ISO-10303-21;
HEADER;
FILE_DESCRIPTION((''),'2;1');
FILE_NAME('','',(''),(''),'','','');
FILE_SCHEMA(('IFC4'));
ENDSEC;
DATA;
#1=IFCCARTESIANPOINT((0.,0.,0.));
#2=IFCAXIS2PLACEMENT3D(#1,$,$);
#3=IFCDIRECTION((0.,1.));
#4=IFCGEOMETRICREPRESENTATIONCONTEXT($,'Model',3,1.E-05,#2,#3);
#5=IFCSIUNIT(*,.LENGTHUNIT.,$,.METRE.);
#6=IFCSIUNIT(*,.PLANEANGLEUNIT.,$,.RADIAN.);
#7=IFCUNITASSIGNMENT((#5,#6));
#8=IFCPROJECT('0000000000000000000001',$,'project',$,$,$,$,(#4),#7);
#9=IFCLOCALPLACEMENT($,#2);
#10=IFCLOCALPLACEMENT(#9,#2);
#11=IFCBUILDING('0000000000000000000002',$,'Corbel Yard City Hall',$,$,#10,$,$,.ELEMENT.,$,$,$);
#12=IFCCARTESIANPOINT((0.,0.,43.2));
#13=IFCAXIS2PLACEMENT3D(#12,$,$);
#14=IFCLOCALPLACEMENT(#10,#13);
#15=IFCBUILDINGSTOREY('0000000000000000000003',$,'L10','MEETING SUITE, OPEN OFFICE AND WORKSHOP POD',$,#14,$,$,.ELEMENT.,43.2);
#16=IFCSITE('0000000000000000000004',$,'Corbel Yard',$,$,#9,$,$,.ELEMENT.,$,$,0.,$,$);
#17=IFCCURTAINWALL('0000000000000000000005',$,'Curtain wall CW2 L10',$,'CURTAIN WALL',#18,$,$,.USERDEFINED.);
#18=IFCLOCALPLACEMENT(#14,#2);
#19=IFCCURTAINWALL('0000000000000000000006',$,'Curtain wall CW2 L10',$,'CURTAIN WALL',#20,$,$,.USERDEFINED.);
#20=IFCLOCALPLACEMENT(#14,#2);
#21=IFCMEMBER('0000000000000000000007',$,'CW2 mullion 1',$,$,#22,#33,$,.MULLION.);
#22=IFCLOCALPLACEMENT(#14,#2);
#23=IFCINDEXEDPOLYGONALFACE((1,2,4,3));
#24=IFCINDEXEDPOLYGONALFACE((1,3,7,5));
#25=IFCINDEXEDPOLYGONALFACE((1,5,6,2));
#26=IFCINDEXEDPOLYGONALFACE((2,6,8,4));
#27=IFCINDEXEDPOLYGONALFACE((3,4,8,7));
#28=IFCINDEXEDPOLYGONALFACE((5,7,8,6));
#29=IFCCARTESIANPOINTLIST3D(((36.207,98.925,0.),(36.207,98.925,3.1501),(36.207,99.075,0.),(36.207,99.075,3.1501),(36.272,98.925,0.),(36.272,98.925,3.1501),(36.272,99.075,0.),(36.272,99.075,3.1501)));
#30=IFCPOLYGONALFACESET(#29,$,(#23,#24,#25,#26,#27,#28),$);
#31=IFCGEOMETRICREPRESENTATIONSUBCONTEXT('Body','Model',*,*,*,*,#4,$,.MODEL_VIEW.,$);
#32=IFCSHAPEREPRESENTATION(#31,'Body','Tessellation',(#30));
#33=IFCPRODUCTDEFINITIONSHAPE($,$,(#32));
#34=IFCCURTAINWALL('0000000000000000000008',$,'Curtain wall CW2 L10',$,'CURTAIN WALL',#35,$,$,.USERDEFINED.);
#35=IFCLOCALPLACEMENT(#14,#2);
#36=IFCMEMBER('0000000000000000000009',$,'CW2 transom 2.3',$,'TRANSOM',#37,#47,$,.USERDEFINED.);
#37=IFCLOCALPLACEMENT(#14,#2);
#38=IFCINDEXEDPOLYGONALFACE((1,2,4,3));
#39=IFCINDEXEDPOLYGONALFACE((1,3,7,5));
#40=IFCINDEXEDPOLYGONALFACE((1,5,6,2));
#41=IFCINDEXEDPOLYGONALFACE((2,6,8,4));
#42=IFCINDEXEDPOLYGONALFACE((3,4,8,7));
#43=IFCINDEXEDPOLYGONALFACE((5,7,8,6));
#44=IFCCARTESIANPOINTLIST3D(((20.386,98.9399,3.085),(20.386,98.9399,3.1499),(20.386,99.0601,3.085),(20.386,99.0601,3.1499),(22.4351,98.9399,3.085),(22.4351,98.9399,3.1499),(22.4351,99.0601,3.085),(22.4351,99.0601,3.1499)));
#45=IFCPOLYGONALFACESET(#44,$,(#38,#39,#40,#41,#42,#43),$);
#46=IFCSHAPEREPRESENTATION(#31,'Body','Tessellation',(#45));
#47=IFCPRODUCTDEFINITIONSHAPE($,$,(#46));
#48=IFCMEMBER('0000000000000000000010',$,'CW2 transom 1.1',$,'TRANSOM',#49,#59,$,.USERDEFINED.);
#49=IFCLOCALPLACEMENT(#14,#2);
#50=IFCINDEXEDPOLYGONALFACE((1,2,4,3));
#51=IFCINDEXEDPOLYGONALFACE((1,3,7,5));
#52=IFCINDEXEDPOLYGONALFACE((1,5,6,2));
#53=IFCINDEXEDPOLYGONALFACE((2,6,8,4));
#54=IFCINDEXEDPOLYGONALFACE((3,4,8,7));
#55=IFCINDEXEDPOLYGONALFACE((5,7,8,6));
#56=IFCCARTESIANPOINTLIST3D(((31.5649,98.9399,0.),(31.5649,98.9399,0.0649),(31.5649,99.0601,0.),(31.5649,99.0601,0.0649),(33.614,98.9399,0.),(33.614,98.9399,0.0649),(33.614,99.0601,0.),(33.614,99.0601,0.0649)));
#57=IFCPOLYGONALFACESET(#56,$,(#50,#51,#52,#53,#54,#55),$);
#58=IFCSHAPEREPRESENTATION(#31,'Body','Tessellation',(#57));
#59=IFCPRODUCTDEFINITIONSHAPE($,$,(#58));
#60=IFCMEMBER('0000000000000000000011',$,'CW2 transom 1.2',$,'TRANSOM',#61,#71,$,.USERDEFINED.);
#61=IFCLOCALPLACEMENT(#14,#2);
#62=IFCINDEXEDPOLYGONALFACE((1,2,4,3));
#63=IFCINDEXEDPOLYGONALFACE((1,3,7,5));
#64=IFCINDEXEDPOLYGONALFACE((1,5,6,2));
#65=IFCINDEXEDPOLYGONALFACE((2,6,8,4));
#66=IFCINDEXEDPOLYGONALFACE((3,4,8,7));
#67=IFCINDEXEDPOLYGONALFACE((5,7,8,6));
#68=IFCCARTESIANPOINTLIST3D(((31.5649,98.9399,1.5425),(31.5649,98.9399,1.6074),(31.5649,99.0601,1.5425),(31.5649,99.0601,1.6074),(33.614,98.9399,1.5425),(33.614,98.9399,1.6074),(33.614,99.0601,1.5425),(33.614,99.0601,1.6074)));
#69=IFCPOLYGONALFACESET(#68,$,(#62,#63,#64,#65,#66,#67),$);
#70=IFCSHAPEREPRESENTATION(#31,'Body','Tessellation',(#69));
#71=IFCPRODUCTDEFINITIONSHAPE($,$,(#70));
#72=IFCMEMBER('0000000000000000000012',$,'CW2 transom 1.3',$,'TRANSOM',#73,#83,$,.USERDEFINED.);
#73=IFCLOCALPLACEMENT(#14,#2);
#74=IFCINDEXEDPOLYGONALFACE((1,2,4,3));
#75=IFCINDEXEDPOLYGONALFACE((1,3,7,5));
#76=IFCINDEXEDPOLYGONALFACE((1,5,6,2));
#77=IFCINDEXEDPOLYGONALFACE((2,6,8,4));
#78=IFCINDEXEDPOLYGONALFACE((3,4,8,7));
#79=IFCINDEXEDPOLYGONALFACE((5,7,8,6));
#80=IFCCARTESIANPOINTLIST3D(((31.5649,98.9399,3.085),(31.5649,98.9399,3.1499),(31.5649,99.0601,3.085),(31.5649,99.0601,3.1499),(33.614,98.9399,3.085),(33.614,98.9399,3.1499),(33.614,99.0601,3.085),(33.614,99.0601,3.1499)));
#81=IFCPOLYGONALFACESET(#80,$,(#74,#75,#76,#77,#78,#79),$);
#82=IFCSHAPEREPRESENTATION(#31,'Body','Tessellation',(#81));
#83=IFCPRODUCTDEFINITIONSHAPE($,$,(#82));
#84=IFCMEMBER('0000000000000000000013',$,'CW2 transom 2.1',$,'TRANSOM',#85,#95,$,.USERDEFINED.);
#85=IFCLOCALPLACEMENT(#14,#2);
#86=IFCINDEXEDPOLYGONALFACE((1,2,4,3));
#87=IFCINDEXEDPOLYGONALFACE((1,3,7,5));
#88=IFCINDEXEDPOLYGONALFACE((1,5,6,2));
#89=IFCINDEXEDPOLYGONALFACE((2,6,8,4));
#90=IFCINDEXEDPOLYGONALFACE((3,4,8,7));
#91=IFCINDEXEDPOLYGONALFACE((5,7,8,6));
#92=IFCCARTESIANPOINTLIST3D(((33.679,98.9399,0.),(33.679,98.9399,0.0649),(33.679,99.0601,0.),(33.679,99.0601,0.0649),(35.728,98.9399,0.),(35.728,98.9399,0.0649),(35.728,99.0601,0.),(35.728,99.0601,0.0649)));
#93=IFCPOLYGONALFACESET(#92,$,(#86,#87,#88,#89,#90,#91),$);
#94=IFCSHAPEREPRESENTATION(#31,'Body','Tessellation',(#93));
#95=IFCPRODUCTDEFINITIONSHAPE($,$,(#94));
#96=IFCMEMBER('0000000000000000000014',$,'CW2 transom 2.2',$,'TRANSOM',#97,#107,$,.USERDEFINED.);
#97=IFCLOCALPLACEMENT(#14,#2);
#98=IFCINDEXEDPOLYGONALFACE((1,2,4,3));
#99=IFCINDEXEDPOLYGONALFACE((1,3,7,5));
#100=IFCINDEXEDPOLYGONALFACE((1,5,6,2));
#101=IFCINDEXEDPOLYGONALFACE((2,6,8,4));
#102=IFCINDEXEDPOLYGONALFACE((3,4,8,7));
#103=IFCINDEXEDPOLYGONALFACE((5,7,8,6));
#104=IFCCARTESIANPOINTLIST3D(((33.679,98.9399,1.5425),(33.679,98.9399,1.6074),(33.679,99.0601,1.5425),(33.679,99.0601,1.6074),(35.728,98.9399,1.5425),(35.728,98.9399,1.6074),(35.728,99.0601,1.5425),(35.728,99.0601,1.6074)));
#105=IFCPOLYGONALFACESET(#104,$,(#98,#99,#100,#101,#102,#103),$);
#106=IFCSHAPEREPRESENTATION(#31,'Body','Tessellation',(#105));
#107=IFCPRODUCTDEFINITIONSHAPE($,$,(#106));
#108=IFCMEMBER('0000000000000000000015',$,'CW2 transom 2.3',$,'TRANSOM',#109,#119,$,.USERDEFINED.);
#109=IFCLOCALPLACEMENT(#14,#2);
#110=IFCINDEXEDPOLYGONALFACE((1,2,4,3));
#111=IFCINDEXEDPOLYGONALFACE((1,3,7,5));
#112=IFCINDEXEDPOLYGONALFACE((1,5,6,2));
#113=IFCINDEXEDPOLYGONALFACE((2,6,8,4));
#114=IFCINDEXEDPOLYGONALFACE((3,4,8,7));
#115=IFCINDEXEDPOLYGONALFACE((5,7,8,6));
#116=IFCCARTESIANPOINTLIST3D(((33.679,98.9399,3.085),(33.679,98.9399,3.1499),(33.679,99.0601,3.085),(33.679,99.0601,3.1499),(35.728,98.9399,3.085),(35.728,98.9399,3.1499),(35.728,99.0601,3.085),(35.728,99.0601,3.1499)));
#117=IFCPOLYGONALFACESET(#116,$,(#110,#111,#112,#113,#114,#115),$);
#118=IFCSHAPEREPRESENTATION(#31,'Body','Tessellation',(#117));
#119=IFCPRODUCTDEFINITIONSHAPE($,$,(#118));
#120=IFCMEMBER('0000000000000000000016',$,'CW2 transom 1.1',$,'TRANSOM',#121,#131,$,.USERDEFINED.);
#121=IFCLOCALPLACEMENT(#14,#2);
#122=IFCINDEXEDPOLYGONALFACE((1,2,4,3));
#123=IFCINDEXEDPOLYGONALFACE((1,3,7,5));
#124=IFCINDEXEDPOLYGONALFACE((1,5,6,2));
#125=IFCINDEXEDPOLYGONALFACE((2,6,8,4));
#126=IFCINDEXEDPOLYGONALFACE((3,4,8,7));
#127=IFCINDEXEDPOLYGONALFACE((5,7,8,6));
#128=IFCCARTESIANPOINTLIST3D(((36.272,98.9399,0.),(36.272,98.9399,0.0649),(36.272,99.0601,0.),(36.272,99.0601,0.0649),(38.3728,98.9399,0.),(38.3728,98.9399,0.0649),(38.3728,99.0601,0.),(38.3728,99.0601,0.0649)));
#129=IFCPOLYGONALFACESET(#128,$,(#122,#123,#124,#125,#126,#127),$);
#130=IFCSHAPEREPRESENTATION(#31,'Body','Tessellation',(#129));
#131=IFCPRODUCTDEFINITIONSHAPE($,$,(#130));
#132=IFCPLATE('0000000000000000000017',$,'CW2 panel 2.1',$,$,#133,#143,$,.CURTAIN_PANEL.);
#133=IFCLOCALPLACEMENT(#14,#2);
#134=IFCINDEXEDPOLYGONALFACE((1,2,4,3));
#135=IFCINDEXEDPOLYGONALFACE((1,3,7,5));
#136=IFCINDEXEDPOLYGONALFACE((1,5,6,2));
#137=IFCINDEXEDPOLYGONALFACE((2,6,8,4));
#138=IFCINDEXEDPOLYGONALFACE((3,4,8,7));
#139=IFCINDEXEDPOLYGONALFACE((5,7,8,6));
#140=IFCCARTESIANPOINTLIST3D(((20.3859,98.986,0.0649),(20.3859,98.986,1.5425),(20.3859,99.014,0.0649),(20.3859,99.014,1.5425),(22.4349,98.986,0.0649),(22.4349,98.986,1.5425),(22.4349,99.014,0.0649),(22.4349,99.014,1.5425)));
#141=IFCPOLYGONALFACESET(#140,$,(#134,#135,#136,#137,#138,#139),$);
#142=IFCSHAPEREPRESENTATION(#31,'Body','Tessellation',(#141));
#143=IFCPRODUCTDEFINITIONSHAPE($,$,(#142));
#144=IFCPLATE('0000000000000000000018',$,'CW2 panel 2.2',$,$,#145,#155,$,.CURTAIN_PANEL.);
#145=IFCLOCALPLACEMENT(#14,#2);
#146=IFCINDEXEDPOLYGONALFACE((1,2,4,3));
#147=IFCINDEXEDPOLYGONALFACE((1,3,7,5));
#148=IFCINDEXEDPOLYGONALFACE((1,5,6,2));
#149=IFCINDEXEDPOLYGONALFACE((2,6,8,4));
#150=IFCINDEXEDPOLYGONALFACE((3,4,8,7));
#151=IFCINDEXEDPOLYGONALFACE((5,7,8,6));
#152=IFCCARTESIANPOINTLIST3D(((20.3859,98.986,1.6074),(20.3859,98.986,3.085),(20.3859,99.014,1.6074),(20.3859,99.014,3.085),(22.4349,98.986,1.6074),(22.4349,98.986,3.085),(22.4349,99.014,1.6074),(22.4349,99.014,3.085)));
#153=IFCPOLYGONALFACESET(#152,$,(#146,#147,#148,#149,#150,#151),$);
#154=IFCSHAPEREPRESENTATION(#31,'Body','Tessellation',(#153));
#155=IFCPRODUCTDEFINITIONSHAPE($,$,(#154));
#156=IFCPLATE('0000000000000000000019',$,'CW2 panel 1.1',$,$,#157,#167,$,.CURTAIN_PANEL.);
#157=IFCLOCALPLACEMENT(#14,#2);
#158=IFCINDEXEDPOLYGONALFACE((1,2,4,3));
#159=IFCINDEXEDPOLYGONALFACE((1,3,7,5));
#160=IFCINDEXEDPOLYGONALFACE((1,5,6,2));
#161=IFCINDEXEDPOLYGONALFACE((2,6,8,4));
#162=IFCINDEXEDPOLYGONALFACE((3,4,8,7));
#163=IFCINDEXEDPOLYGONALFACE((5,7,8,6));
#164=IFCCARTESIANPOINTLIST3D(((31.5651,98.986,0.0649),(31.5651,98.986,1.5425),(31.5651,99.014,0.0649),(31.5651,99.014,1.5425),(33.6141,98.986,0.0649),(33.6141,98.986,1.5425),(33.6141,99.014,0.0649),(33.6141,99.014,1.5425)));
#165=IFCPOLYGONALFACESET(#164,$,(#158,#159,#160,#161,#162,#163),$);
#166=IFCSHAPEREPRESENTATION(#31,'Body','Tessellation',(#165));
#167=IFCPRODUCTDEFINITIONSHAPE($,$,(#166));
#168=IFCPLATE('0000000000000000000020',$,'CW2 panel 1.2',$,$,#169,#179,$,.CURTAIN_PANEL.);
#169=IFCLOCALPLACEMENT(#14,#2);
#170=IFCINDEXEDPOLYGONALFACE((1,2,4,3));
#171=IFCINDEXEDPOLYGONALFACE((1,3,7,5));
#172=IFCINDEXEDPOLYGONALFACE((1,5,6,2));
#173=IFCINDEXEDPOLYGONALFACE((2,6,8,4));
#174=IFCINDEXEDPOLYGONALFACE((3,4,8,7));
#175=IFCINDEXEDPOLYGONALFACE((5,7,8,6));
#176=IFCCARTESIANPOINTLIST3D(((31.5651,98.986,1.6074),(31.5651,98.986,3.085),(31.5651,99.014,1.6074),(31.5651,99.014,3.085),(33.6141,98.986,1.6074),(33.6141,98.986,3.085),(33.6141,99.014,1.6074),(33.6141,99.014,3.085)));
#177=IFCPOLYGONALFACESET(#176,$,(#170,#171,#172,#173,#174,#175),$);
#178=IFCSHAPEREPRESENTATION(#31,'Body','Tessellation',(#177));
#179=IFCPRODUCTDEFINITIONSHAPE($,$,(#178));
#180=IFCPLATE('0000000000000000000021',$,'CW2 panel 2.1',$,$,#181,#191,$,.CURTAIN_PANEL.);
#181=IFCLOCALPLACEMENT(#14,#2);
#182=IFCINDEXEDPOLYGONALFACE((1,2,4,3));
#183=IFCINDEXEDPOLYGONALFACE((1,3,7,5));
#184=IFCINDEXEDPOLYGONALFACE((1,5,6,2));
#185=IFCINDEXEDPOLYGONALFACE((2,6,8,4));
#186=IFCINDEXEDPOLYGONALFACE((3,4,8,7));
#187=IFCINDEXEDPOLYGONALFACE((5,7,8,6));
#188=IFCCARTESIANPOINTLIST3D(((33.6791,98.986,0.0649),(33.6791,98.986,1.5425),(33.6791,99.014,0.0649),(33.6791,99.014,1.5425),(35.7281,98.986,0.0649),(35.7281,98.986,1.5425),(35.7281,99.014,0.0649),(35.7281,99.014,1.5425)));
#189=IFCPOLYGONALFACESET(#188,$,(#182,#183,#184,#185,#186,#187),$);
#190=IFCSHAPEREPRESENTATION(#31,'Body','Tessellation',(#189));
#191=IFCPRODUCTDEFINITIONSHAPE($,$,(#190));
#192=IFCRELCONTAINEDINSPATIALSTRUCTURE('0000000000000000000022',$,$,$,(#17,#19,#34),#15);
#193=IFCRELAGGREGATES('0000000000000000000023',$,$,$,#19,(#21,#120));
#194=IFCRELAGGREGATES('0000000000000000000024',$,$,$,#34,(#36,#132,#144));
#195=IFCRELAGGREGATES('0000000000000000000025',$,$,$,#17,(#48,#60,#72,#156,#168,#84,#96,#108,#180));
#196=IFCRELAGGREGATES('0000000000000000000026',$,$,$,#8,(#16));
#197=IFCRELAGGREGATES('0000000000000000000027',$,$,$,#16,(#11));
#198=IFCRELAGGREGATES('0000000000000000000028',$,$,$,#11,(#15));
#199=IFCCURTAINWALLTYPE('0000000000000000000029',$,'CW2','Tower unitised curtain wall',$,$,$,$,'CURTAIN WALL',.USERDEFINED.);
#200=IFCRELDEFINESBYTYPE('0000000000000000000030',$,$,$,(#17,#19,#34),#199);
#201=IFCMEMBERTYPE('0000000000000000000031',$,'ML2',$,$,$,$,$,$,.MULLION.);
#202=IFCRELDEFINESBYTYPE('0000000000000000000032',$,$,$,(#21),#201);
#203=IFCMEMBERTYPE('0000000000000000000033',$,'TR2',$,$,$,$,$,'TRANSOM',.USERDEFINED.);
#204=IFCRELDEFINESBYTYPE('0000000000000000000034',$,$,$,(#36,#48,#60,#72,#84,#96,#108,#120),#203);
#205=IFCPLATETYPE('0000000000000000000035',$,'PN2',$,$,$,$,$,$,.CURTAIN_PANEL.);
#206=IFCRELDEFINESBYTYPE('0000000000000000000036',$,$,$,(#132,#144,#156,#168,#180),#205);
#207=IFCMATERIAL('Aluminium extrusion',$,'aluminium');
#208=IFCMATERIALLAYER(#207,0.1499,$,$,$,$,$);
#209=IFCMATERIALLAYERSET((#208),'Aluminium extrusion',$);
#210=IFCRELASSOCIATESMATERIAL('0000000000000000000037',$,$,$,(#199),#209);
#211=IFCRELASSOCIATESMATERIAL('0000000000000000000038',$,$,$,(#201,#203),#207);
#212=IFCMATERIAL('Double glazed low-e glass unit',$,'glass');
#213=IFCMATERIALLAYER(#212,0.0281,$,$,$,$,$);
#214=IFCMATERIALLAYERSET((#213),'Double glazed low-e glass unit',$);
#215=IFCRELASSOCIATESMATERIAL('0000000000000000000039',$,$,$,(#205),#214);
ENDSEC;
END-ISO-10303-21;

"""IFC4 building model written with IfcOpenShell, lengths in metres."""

from ifc_helpers import new_model, si_unit, direction, frame, origin, origin_2d, place, context, subcontext, project, spatial, rectangle, extrude, material, layer, layer_set, material_profile, profile_set, type_object, element, aggregate, save


model = new_model("IFC4")

# Units and contexts
model_context = context("Model", 3, precision=1e-05, world=origin(), true_north=direction((0.0, 1.0)))
body_context = subcontext(model_context, "Body", "Model", "MODEL_VIEW")
ifc_project = project(units=[si_unit("LENGTHUNIT", "METRE"), si_unit("PLANEANGLEUNIT", "RADIAN")], contexts=[model_context])

# Site, building, storey
site_placement = place(None, origin())
site = spatial("IfcSite", under=ifc_project, at=site_placement, Name="Corbel Yard", CompositionType="ELEMENT", RefElevation=0.0)
building_placement = place(site_placement, origin())
building = spatial("IfcBuilding", under=site, at=building_placement, Name="Corbel Yard City Hall", CompositionType="ELEMENT")
storey_placement = place(building_placement, frame((0.0, 0.0, 43.2)))
storey = spatial("IfcBuildingStorey", under=building, at=storey_placement, Name="L10", Description="MEETING SUITE, OPEN OFFICE AND WORKSHOP POD", CompositionType="ELEMENT", Elevation=43.2)

# Curtain wall
ifc_material_1 = material(Name="Aluminium extrusion", Category="aluminium")
ifc_layer_1 = layer(ifc_material_1, 0.1499)
ifc_layer_set_1 = layer_set([ifc_layer_1], Name="Aluminium extrusion")
curtain_wall_type = type_object("IfcCurtainWallType", Name="CW2", Description="Tower unitised curtain wall", ElementType="CURTAIN WALL", PredefinedType="USERDEFINED", material=ifc_layer_set_1)
curtain_wall_1_placement = place(storey_placement, origin())
curtain_wall_1 = element("IfcCurtainWall", 1, at=curtain_wall_1_placement, inside=storey, type_object=curtain_wall_type, Name="Curtain wall CW2 L10", ObjectType="CURTAIN WALL", PredefinedType="USERDEFINED")
ifc_material_profile_1 = material_profile(ifc_material_1, rectangle(XDim=0.1499, YDim=0.0649, at=origin_2d()), Name="150x65")
ifc_profile_set_1 = profile_set([ifc_material_profile_1], Name="Aluminium extrusion")
member_type_1 = type_object("IfcMemberType", Name="ML2", PredefinedType="MULLION", material=ifc_profile_set_1)

# Curtain walls, members
curtain_wall_2_placement = place(storey_placement, origin())
curtain_wall_2 = element("IfcCurtainWall", 2, at=curtain_wall_2_placement, inside=storey, type_object=curtain_wall_type, Name="Curtain wall CW2 L10", ObjectType="CURTAIN WALL", PredefinedType="USERDEFINED")
member_1_placement = place(storey_placement, frame((36.2395, 99.0, 0.0), z_axis=(0.0, 0.0, 1.0), x_axis=(0.0, 1.0, 0.0)))
member_1 = element("IfcMember", 3, at=member_1_placement, type_object=member_type_1, Name="CW2 mullion 1", PredefinedType="MULLION", context=body_context, shape_type="SweptSolid", body=[
    extrude(rectangle(XDim=0.1499, YDim=0.0649, at=origin_2d()), origin(), (0.0, 0.0, 1.0), 3.1501),
])
curtain_wall_3_placement = place(storey_placement, origin())
curtain_wall_3 = element("IfcCurtainWall", 4, at=curtain_wall_3_placement, inside=storey, type_object=curtain_wall_type, Name="Curtain wall CW2 L10", ObjectType="CURTAIN WALL", PredefinedType="USERDEFINED")
ifc_material_profile_2 = material_profile(ifc_material_1, rectangle(XDim=0.1201, YDim=0.0649, at=origin_2d()), Name="120x65")
ifc_profile_set_2 = profile_set([ifc_material_profile_2], Name="Aluminium extrusion")
member_type_2 = type_object("IfcMemberType", Name="TR2", ElementType="TRANSOM", PredefinedType="USERDEFINED", material=ifc_profile_set_2)
member_2_placement = place(storey_placement, frame((20.386, 99.0, 3.1174), z_axis=(1.0, 0.0, 0.0), x_axis=(0.0, 1.0, 0.0)))
member_2 = element("IfcMember", 5, at=member_2_placement, type_object=member_type_2, Name="CW2 transom 2.3", ObjectType="TRANSOM", PredefinedType="USERDEFINED", context=body_context, shape_type="SweptSolid", body=[
    extrude(rectangle(XDim=0.1201, YDim=0.0649, at=origin_2d()), origin(), (0.0, 0.0, 1.0), 2.0491),
])

# Members
member_3_placement = place(storey_placement, frame((31.5649, 99.0, 0.0325), z_axis=(1.0, 0.0, 0.0), x_axis=(0.0, 1.0, 0.0)))
member_3 = element("IfcMember", 6, at=member_3_placement, type_object=member_type_2, Name="CW2 transom 1.1", ObjectType="TRANSOM", PredefinedType="USERDEFINED", context=body_context, shape_type="SweptSolid", body=[
    extrude(rectangle(XDim=0.1201, YDim=0.0649, at=origin_2d()), origin(), (0.0, 0.0, 1.0), 2.0491),
])
member_4_placement = place(storey_placement, frame((31.5649, 99.0, 1.575), z_axis=(1.0, 0.0, 0.0), x_axis=(0.0, 1.0, 0.0)))
member_4 = element("IfcMember", 7, at=member_4_placement, type_object=member_type_2, Name="CW2 transom 1.2", ObjectType="TRANSOM", PredefinedType="USERDEFINED", context=body_context, shape_type="SweptSolid", body=[
    extrude(rectangle(XDim=0.1201, YDim=0.0649, at=origin_2d()), origin(), (0.0, 0.0, 1.0), 2.0491),
])
member_5_placement = place(storey_placement, frame((31.5649, 99.0, 3.1174), z_axis=(1.0, 0.0, 0.0), x_axis=(0.0, 1.0, 0.0)))
member_5 = element("IfcMember", 8, at=member_5_placement, type_object=member_type_2, Name="CW2 transom 1.3", ObjectType="TRANSOM", PredefinedType="USERDEFINED", context=body_context, shape_type="SweptSolid", body=[
    extrude(rectangle(XDim=0.1201, YDim=0.0649, at=origin_2d()), origin(), (0.0, 0.0, 1.0), 2.0491),
])
member_6_placement = place(storey_placement, frame((33.679, 99.0, 0.0325), z_axis=(1.0, 0.0, 0.0), x_axis=(0.0, 1.0, 0.0)))
member_6 = element("IfcMember", 9, at=member_6_placement, type_object=member_type_2, Name="CW2 transom 2.1", ObjectType="TRANSOM", PredefinedType="USERDEFINED", context=body_context, shape_type="SweptSolid", body=[
    extrude(rectangle(XDim=0.1201, YDim=0.0649, at=origin_2d()), origin(), (0.0, 0.0, 1.0), 2.0491),
])
member_7_placement = place(storey_placement, frame((33.679, 99.0, 1.575), z_axis=(1.0, 0.0, 0.0), x_axis=(0.0, 1.0, 0.0)))
member_7 = element("IfcMember", 10, at=member_7_placement, type_object=member_type_2, Name="CW2 transom 2.2", ObjectType="TRANSOM", PredefinedType="USERDEFINED", context=body_context, shape_type="SweptSolid", body=[
    extrude(rectangle(XDim=0.1201, YDim=0.0649, at=origin_2d()), origin(), (0.0, 0.0, 1.0), 2.0491),
])
member_8_placement = place(storey_placement, frame((33.679, 99.0, 3.1174), z_axis=(1.0, 0.0, 0.0), x_axis=(0.0, 1.0, 0.0)))
member_8 = element("IfcMember", 11, at=member_8_placement, type_object=member_type_2, Name="CW2 transom 2.3", ObjectType="TRANSOM", PredefinedType="USERDEFINED", context=body_context, shape_type="SweptSolid", body=[
    extrude(rectangle(XDim=0.1201, YDim=0.0649, at=origin_2d()), origin(), (0.0, 0.0, 1.0), 2.0491),
])
member_9_placement = place(storey_placement, frame((36.272, 99.0, 0.0325), z_axis=(1.0, 0.0, 0.0), x_axis=(0.0, 1.0, 0.0)))
member_9 = element("IfcMember", 12, at=member_9_placement, type_object=member_type_2, Name="CW2 transom 1.1", ObjectType="TRANSOM", PredefinedType="USERDEFINED", context=body_context, shape_type="SweptSolid", body=[
    extrude(rectangle(XDim=0.1201, YDim=0.0649, at=origin_2d()), origin(), (0.0, 0.0, 1.0), 2.1008),
])
aggregate(curtain_wall_2, [member_1, member_9])

# Plates
ifc_material_2 = material(Name="Double glazed low-e glass unit", Category="glass")
ifc_layer_2 = layer(ifc_material_2, 0.0281)
ifc_layer_set_2 = layer_set([ifc_layer_2], Name="Double glazed low-e glass unit")
plate_type = type_object("IfcPlateType", Name="PN2", PredefinedType="CURTAIN_PANEL", material=ifc_layer_set_2)
plate_1_placement = place(storey_placement, frame((21.4104, 99.0, 0.0649), z_axis=(0.0, 0.0, 1.0), x_axis=(1.0, 0.0, 0.0)))
plate_1 = element("IfcPlate", 13, at=plate_1_placement, type_object=plate_type, Name="CW2 panel 2.1", PredefinedType="CURTAIN_PANEL", context=body_context, shape_type="SweptSolid", body=[
    extrude(rectangle(XDim=2.0491, YDim=0.0281, at=origin_2d()), origin(), (0.0, 0.0, 1.0), 1.4775),
])
plate_2_placement = place(storey_placement, frame((21.4104, 99.0, 1.6074), z_axis=(0.0, 0.0, 1.0), x_axis=(1.0, 0.0, 0.0)))
plate_2 = element("IfcPlate", 14, at=plate_2_placement, type_object=plate_type, Name="CW2 panel 2.2", PredefinedType="CURTAIN_PANEL", context=body_context, shape_type="SweptSolid", body=[
    extrude(rectangle(XDim=2.0491, YDim=0.0281, at=origin_2d()), origin(), (0.0, 0.0, 1.0), 1.4775),
])
aggregate(curtain_wall_3, [member_2, plate_1, plate_2])
plate_3_placement = place(storey_placement, frame((32.5896, 99.0, 0.0649), z_axis=(0.0, 0.0, 1.0), x_axis=(1.0, 0.0, 0.0)))
plate_3 = element("IfcPlate", 15, at=plate_3_placement, type_object=plate_type, Name="CW2 panel 1.1", PredefinedType="CURTAIN_PANEL", context=body_context, shape_type="SweptSolid", body=[
    extrude(rectangle(XDim=2.0491, YDim=0.0281, at=origin_2d()), origin(), (0.0, 0.0, 1.0), 1.4775),
])
plate_4_placement = place(storey_placement, frame((32.5896, 99.0, 1.6074), z_axis=(0.0, 0.0, 1.0), x_axis=(1.0, 0.0, 0.0)))
plate_4 = element("IfcPlate", 16, at=plate_4_placement, type_object=plate_type, Name="CW2 panel 1.2", PredefinedType="CURTAIN_PANEL", context=body_context, shape_type="SweptSolid", body=[
    extrude(rectangle(XDim=2.0491, YDim=0.0281, at=origin_2d()), origin(), (0.0, 0.0, 1.0), 1.4775),
])
plate_5_placement = place(storey_placement, frame((34.7036, 99.0, 0.0649), z_axis=(0.0, 0.0, 1.0), x_axis=(1.0, 0.0, 0.0)))
plate_5 = element("IfcPlate", 17, at=plate_5_placement, type_object=plate_type, Name="CW2 panel 2.1", PredefinedType="CURTAIN_PANEL", context=body_context, shape_type="SweptSolid", body=[
    extrude(rectangle(XDim=2.0491, YDim=0.0281, at=origin_2d()), origin(), (0.0, 0.0, 1.0), 1.4775),
])
aggregate(curtain_wall_1, [member_3, member_4, member_5, plate_3, plate_4, member_6, member_7, member_8, plate_5])

save(model, "model.ifc")
